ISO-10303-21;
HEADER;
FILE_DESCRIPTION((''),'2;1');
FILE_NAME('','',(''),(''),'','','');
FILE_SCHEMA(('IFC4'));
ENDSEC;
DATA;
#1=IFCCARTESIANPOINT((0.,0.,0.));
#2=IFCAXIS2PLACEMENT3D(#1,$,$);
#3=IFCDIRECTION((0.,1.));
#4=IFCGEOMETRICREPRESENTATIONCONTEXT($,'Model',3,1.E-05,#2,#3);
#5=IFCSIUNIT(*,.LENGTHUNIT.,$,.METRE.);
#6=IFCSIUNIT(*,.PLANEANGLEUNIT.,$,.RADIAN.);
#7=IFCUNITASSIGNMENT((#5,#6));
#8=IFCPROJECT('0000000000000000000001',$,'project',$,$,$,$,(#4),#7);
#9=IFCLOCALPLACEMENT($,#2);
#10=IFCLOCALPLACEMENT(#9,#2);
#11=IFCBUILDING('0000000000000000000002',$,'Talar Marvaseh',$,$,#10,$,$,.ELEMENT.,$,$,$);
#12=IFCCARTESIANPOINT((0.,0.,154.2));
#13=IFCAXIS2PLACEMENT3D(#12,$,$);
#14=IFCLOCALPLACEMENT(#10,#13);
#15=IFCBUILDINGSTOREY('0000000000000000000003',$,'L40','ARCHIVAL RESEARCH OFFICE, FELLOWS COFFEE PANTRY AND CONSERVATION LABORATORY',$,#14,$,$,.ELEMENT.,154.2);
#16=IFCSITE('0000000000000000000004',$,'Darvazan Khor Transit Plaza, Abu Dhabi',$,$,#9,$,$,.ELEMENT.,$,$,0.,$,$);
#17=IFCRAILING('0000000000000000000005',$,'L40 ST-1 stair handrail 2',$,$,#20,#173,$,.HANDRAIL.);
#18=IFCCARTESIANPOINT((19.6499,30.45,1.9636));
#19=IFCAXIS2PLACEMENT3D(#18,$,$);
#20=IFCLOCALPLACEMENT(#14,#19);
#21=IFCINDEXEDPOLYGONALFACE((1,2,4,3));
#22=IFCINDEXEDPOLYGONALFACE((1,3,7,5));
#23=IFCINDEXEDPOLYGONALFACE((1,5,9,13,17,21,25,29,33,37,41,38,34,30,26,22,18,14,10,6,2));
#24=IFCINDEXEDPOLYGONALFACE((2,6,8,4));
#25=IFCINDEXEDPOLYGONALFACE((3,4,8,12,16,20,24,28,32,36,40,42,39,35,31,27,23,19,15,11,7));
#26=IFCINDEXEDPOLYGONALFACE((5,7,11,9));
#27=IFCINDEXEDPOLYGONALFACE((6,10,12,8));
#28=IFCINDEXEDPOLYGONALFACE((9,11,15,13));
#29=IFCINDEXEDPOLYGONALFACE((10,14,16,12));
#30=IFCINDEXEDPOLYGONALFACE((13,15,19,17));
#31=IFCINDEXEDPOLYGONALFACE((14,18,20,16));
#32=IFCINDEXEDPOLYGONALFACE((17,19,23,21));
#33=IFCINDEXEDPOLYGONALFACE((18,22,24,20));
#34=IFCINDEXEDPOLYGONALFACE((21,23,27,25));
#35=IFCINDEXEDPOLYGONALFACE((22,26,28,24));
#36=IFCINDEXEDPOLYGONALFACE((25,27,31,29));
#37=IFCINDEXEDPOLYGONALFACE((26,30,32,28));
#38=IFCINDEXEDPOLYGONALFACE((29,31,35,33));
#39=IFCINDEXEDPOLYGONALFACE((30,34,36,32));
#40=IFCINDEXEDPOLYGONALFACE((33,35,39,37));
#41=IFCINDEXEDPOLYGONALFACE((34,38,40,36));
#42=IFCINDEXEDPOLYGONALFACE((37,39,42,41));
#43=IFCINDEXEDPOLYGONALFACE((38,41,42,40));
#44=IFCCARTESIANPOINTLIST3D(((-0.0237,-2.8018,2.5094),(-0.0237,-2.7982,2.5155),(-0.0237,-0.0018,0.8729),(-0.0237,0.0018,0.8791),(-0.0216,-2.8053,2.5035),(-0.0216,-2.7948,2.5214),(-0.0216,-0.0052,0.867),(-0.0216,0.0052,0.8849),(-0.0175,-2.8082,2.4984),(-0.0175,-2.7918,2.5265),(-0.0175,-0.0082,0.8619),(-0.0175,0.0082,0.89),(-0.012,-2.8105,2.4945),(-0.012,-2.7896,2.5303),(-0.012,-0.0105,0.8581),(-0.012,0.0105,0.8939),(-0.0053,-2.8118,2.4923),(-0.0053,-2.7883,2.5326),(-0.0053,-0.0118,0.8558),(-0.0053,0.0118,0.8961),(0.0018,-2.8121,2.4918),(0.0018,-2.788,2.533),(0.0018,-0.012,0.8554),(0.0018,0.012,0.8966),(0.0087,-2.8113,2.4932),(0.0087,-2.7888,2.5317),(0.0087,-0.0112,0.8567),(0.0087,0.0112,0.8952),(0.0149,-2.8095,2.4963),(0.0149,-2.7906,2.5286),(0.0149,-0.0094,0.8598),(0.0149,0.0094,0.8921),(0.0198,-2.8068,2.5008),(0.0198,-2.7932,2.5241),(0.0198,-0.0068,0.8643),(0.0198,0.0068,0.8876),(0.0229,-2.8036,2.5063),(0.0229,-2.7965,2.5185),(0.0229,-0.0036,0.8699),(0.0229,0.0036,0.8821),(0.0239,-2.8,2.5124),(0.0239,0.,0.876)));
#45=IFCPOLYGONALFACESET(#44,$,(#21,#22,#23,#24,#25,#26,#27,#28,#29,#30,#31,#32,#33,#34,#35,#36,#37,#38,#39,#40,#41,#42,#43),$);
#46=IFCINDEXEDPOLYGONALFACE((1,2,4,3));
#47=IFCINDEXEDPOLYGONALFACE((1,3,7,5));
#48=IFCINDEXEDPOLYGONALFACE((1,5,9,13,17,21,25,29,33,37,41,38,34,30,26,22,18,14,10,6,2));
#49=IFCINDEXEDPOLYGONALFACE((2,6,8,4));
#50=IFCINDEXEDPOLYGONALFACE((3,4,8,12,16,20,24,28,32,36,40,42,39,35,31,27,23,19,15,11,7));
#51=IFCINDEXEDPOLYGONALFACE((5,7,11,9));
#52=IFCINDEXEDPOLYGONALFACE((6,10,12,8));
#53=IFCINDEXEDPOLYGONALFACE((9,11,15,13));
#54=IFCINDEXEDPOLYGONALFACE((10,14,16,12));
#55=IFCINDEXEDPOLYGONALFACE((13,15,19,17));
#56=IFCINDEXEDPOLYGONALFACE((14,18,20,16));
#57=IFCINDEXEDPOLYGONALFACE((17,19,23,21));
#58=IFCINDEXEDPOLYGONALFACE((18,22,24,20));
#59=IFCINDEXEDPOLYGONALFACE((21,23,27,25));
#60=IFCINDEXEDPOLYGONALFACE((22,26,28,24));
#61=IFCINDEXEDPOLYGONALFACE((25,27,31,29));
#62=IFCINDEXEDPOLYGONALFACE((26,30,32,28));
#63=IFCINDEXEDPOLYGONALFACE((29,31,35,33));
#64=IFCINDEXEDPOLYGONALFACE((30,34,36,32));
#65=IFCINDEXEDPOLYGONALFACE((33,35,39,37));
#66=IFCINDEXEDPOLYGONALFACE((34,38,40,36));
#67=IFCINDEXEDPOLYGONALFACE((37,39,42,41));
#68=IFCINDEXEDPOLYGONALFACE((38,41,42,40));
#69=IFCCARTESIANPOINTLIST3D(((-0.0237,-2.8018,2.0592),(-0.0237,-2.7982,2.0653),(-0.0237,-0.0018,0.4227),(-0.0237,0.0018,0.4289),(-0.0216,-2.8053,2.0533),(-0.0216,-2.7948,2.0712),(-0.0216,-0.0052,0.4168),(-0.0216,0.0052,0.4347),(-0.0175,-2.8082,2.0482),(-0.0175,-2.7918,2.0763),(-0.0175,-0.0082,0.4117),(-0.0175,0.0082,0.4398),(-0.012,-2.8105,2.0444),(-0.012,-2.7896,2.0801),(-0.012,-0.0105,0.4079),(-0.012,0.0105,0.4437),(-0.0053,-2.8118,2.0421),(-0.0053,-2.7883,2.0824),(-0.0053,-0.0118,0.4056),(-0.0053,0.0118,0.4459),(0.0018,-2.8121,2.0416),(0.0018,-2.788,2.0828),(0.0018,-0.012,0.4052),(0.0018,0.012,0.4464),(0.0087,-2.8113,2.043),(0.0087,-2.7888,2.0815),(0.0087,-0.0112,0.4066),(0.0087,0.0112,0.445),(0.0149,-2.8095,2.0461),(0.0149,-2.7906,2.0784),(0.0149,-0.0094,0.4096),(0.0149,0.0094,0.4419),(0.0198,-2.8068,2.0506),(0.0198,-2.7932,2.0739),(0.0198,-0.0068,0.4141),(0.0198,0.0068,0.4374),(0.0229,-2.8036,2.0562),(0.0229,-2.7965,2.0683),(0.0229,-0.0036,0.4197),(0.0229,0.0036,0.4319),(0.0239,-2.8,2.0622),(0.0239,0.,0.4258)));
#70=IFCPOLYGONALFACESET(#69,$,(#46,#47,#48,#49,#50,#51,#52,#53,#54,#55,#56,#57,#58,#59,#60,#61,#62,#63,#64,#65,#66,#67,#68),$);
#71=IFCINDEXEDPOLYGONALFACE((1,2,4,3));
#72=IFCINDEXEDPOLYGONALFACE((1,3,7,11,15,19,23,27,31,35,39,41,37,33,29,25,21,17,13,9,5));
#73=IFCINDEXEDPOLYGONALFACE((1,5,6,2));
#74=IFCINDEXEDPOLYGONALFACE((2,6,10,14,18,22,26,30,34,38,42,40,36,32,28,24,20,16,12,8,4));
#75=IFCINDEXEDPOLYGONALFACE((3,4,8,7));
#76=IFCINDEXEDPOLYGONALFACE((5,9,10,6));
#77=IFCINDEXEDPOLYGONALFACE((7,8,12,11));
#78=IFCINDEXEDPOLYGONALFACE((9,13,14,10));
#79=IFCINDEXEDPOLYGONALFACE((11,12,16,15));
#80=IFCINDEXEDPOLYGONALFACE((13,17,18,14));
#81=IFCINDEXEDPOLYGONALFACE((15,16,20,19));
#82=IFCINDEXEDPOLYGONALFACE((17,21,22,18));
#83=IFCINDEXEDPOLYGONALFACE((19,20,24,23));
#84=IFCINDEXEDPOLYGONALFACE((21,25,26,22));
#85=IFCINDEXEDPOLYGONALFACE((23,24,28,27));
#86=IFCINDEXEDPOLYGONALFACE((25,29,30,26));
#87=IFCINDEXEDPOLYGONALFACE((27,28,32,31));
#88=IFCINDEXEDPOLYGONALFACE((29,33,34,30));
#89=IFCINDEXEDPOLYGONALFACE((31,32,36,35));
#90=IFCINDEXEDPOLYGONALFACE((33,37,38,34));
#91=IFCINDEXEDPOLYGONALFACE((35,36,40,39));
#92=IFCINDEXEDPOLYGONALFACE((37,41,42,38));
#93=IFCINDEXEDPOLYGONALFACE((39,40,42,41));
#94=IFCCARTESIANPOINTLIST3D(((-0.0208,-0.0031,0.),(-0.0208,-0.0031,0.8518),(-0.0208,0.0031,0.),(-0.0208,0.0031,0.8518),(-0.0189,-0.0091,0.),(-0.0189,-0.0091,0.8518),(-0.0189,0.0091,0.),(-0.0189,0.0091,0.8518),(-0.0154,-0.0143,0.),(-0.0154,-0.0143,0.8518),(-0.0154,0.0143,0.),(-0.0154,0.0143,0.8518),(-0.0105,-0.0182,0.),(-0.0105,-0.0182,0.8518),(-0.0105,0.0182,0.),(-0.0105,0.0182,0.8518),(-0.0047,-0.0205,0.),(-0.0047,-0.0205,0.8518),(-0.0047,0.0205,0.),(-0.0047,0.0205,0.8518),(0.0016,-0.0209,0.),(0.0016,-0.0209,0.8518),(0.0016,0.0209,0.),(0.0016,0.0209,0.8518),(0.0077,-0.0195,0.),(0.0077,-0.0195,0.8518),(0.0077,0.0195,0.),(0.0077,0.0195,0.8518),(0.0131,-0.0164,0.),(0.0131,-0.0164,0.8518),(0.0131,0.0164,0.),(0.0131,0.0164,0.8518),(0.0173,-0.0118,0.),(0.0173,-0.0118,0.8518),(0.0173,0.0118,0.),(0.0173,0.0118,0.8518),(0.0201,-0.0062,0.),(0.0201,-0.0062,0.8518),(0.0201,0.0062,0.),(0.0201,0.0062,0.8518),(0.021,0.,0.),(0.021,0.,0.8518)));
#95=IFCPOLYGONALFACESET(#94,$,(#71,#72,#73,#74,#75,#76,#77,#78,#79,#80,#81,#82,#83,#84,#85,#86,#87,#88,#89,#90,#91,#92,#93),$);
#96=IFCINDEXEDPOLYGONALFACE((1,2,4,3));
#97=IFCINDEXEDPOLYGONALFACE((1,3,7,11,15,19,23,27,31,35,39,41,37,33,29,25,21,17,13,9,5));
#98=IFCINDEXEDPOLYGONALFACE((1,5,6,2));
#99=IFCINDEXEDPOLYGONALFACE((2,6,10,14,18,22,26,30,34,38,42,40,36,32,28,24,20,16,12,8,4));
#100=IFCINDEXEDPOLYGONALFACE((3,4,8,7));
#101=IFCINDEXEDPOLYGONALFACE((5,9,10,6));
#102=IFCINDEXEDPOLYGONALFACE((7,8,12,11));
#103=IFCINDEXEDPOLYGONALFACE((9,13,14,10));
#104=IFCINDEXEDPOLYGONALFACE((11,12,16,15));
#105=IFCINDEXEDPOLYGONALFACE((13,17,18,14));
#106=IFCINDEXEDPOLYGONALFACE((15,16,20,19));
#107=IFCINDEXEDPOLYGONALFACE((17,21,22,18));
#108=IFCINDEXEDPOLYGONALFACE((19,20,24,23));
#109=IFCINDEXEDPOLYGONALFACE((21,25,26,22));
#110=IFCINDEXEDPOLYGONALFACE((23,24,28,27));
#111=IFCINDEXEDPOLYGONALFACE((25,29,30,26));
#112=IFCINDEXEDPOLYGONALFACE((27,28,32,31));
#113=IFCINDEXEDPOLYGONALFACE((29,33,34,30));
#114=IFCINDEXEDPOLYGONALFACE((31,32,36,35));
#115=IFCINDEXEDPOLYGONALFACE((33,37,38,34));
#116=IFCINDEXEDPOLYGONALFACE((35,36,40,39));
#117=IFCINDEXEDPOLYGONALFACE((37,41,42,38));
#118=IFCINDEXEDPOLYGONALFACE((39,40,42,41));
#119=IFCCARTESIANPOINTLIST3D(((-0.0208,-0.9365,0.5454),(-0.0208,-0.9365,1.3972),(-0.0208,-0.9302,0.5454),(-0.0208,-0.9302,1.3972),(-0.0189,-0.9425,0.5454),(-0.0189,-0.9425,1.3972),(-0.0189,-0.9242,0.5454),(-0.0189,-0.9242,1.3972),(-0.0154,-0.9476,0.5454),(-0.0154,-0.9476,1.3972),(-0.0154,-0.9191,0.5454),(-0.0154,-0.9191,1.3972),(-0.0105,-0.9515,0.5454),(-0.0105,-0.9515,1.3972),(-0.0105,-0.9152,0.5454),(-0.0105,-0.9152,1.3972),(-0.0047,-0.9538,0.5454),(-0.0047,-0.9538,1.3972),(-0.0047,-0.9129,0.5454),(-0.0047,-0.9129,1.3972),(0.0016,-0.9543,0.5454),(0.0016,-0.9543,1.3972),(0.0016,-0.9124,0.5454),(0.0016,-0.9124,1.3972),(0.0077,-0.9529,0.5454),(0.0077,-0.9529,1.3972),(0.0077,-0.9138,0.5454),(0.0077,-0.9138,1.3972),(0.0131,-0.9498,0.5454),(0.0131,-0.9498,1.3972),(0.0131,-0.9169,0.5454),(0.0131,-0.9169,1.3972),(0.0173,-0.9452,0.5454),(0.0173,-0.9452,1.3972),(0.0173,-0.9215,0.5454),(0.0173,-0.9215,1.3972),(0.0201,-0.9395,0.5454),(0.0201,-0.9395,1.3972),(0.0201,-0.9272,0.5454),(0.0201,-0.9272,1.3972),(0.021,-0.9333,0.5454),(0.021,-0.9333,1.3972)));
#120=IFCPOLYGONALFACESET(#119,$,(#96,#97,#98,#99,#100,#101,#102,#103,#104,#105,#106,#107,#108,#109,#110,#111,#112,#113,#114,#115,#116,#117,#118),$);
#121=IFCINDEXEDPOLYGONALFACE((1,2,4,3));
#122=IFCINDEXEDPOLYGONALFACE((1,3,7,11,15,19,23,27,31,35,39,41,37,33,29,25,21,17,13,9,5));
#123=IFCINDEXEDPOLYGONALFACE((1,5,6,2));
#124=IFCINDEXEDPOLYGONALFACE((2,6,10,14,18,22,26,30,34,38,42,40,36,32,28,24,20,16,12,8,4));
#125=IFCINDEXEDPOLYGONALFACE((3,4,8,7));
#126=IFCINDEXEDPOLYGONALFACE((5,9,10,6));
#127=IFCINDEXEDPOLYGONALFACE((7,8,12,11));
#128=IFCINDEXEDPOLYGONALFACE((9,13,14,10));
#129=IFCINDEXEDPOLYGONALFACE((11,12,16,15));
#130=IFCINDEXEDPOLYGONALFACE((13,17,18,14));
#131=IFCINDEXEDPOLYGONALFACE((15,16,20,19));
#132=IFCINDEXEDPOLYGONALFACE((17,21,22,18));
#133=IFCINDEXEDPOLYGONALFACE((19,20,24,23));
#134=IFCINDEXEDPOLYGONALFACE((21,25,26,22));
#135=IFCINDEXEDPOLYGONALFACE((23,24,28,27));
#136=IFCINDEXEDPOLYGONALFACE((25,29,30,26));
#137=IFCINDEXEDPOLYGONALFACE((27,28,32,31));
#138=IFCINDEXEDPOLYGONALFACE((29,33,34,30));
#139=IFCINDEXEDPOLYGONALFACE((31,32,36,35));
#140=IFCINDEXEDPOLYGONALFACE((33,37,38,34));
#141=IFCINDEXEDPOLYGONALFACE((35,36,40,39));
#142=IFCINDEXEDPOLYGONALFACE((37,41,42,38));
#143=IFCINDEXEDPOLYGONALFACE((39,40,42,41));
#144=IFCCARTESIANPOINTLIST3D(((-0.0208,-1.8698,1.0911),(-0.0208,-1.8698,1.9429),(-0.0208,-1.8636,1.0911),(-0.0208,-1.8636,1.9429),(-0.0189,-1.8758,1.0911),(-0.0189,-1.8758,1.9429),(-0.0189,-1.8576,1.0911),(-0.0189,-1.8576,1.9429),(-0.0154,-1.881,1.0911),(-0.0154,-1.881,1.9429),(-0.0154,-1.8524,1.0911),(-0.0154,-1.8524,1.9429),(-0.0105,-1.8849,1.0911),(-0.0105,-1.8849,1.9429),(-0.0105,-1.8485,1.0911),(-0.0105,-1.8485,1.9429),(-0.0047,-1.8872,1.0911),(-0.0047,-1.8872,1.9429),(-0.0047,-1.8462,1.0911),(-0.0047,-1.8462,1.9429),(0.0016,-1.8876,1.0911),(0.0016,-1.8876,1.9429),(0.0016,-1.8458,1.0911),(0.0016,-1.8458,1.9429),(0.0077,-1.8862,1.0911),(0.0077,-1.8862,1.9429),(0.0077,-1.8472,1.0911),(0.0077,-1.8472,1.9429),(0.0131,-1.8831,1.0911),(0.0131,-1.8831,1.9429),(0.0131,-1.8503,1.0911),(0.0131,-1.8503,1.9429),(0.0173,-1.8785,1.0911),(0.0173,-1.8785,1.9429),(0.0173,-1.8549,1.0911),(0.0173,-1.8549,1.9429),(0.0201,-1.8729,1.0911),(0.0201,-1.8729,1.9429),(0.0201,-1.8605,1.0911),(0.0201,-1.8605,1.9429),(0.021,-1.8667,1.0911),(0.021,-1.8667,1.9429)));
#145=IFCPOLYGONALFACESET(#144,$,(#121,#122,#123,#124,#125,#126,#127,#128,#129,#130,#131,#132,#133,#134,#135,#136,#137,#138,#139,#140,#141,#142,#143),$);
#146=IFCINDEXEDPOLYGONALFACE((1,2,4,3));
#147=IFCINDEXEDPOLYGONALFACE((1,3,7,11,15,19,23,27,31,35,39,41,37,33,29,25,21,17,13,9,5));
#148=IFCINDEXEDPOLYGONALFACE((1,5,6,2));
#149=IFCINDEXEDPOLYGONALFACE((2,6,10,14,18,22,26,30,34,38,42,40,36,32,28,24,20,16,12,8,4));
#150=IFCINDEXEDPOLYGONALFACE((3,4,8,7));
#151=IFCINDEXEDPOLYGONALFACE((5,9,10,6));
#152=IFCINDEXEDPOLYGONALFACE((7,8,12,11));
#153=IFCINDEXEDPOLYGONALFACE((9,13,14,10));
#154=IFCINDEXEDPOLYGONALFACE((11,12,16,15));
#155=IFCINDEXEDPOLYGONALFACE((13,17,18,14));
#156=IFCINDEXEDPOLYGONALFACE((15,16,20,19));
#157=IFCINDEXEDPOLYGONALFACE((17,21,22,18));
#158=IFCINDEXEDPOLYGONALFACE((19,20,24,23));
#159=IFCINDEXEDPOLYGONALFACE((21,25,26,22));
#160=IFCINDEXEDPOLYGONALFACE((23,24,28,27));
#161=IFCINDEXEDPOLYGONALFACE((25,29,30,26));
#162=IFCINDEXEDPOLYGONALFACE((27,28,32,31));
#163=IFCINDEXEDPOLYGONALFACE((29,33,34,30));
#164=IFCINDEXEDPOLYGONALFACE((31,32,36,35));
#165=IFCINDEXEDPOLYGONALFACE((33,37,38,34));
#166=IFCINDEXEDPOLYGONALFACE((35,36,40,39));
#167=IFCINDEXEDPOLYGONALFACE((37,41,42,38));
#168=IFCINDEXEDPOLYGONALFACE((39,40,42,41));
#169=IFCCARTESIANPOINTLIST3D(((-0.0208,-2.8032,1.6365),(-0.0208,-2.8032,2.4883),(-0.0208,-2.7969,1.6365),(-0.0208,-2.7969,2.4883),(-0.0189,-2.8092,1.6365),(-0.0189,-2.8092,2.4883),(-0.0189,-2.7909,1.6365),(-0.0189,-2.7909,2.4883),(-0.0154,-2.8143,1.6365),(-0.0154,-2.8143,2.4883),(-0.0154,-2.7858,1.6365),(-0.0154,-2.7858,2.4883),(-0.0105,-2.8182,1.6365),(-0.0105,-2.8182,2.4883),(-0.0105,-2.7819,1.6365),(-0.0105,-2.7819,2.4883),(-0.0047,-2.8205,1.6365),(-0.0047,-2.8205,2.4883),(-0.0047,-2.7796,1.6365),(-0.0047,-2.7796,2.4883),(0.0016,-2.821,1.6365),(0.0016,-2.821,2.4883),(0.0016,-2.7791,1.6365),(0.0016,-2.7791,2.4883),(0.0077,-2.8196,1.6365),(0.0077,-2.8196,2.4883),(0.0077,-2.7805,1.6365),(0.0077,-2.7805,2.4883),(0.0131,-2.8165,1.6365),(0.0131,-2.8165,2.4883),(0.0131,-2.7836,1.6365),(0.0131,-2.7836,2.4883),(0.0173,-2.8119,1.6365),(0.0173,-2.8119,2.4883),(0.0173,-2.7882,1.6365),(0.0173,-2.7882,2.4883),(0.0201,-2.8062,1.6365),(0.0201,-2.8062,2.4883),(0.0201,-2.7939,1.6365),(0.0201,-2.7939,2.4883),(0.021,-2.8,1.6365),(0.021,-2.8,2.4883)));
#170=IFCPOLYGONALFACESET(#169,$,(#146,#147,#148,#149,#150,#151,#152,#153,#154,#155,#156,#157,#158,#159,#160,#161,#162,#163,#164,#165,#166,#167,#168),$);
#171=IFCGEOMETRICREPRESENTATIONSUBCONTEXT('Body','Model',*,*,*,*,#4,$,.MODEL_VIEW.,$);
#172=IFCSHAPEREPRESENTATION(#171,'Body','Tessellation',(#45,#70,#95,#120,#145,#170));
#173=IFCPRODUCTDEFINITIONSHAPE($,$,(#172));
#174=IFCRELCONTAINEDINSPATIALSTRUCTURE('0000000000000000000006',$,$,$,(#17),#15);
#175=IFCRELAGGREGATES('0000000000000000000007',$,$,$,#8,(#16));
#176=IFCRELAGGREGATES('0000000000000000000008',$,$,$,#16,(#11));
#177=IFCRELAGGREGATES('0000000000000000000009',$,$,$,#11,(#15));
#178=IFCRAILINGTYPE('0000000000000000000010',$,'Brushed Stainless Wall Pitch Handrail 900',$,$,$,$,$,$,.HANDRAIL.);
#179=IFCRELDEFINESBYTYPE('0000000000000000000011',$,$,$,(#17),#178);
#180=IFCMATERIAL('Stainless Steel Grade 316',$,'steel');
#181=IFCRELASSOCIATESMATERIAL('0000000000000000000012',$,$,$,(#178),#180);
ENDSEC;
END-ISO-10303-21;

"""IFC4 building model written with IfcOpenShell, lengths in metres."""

from ifc_helpers import new_model, si_unit, direction, frame, origin, origin_2d, place, context, subcontext, project, spatial, circle, extrude, material, type_object, element, save


model = new_model("IFC4")

# Units and contexts
model_context = context("Model", 3, precision=1e-05, world=origin(), true_north=direction((0.0, 1.0)))
body_context = subcontext(model_context, "Body", "Model", "MODEL_VIEW")
ifc_project = project(units=[si_unit("LENGTHUNIT", "METRE"), si_unit("PLANEANGLEUNIT", "RADIAN")], contexts=[model_context])

# Site, building, storey
site_placement = place(None, origin())
site = spatial("IfcSite", under=ifc_project, at=site_placement, Name="Darvazan Khor Transit Plaza, Abu Dhabi", CompositionType="ELEMENT", RefElevation=0.0)
building_placement = place(site_placement, origin())
building = spatial("IfcBuilding", under=site, at=building_placement, Name="Talar Marvaseh", CompositionType="ELEMENT")
storey_placement = place(building_placement, frame((0.0, 0.0, 154.2)))
storey = spatial("IfcBuildingStorey", under=building, at=storey_placement, Name="L40", Description="ARCHIVAL RESEARCH OFFICE, FELLOWS COFFEE PANTRY AND CONSERVATION LABORATORY", CompositionType="ELEMENT", Elevation=154.2)

# Railing
ifc_material_1 = material(Name="Stainless Steel Grade 316", Category="steel")
railing_type_1 = type_object("IfcRailingType", Name="Brushed Stainless Wall Pitch Handrail 900", PredefinedType="HANDRAIL", material=ifc_material_1)
railing_1_placement = place(storey_placement, frame((19.6499, 30.45, 1.9636)))
element("IfcRailing", 1, at=railing_1_placement, inside=storey, type_object=railing_type_1, Name="L40 ST-1 stair handrail 2", PredefinedType="HANDRAIL", context=body_context, shape_type="SweptSolid", body=[
    extrude(circle(Radius=0.0239, at=origin_2d()), frame((0.0, 0.0, 0.876), z_axis=(0.0, -0.863361, 0.504587), x_axis=(1.0, 0.0, 0.0)), (0.0, 0.0, 1.0), 3.2432),
    extrude(circle(Radius=0.0239, at=origin_2d()), frame((0.0, 0.0, 0.4258), z_axis=(0.0, -0.863361, 0.504587), x_axis=(1.0, 0.0, 0.0)), (0.0, 0.0, 1.0), 3.2432),
    extrude(circle(Radius=0.021, at=origin_2d()), origin(), (0.0, 0.0, 1.0), 0.8518),
    extrude(circle(Radius=0.021, at=origin_2d()), frame((0.0, -0.9333, 0.5454)), (0.0, 0.0, 1.0), 0.8518),
    extrude(circle(Radius=0.021, at=origin_2d()), frame((0.0, -1.8667, 1.0911)), (0.0, 0.0, 1.0), 0.8518),
    extrude(circle(Radius=0.021, at=origin_2d()), frame((0.0, -2.8, 1.6365)), (0.0, 0.0, 1.0), 0.8518),
])

save(model, "model.ifc")
